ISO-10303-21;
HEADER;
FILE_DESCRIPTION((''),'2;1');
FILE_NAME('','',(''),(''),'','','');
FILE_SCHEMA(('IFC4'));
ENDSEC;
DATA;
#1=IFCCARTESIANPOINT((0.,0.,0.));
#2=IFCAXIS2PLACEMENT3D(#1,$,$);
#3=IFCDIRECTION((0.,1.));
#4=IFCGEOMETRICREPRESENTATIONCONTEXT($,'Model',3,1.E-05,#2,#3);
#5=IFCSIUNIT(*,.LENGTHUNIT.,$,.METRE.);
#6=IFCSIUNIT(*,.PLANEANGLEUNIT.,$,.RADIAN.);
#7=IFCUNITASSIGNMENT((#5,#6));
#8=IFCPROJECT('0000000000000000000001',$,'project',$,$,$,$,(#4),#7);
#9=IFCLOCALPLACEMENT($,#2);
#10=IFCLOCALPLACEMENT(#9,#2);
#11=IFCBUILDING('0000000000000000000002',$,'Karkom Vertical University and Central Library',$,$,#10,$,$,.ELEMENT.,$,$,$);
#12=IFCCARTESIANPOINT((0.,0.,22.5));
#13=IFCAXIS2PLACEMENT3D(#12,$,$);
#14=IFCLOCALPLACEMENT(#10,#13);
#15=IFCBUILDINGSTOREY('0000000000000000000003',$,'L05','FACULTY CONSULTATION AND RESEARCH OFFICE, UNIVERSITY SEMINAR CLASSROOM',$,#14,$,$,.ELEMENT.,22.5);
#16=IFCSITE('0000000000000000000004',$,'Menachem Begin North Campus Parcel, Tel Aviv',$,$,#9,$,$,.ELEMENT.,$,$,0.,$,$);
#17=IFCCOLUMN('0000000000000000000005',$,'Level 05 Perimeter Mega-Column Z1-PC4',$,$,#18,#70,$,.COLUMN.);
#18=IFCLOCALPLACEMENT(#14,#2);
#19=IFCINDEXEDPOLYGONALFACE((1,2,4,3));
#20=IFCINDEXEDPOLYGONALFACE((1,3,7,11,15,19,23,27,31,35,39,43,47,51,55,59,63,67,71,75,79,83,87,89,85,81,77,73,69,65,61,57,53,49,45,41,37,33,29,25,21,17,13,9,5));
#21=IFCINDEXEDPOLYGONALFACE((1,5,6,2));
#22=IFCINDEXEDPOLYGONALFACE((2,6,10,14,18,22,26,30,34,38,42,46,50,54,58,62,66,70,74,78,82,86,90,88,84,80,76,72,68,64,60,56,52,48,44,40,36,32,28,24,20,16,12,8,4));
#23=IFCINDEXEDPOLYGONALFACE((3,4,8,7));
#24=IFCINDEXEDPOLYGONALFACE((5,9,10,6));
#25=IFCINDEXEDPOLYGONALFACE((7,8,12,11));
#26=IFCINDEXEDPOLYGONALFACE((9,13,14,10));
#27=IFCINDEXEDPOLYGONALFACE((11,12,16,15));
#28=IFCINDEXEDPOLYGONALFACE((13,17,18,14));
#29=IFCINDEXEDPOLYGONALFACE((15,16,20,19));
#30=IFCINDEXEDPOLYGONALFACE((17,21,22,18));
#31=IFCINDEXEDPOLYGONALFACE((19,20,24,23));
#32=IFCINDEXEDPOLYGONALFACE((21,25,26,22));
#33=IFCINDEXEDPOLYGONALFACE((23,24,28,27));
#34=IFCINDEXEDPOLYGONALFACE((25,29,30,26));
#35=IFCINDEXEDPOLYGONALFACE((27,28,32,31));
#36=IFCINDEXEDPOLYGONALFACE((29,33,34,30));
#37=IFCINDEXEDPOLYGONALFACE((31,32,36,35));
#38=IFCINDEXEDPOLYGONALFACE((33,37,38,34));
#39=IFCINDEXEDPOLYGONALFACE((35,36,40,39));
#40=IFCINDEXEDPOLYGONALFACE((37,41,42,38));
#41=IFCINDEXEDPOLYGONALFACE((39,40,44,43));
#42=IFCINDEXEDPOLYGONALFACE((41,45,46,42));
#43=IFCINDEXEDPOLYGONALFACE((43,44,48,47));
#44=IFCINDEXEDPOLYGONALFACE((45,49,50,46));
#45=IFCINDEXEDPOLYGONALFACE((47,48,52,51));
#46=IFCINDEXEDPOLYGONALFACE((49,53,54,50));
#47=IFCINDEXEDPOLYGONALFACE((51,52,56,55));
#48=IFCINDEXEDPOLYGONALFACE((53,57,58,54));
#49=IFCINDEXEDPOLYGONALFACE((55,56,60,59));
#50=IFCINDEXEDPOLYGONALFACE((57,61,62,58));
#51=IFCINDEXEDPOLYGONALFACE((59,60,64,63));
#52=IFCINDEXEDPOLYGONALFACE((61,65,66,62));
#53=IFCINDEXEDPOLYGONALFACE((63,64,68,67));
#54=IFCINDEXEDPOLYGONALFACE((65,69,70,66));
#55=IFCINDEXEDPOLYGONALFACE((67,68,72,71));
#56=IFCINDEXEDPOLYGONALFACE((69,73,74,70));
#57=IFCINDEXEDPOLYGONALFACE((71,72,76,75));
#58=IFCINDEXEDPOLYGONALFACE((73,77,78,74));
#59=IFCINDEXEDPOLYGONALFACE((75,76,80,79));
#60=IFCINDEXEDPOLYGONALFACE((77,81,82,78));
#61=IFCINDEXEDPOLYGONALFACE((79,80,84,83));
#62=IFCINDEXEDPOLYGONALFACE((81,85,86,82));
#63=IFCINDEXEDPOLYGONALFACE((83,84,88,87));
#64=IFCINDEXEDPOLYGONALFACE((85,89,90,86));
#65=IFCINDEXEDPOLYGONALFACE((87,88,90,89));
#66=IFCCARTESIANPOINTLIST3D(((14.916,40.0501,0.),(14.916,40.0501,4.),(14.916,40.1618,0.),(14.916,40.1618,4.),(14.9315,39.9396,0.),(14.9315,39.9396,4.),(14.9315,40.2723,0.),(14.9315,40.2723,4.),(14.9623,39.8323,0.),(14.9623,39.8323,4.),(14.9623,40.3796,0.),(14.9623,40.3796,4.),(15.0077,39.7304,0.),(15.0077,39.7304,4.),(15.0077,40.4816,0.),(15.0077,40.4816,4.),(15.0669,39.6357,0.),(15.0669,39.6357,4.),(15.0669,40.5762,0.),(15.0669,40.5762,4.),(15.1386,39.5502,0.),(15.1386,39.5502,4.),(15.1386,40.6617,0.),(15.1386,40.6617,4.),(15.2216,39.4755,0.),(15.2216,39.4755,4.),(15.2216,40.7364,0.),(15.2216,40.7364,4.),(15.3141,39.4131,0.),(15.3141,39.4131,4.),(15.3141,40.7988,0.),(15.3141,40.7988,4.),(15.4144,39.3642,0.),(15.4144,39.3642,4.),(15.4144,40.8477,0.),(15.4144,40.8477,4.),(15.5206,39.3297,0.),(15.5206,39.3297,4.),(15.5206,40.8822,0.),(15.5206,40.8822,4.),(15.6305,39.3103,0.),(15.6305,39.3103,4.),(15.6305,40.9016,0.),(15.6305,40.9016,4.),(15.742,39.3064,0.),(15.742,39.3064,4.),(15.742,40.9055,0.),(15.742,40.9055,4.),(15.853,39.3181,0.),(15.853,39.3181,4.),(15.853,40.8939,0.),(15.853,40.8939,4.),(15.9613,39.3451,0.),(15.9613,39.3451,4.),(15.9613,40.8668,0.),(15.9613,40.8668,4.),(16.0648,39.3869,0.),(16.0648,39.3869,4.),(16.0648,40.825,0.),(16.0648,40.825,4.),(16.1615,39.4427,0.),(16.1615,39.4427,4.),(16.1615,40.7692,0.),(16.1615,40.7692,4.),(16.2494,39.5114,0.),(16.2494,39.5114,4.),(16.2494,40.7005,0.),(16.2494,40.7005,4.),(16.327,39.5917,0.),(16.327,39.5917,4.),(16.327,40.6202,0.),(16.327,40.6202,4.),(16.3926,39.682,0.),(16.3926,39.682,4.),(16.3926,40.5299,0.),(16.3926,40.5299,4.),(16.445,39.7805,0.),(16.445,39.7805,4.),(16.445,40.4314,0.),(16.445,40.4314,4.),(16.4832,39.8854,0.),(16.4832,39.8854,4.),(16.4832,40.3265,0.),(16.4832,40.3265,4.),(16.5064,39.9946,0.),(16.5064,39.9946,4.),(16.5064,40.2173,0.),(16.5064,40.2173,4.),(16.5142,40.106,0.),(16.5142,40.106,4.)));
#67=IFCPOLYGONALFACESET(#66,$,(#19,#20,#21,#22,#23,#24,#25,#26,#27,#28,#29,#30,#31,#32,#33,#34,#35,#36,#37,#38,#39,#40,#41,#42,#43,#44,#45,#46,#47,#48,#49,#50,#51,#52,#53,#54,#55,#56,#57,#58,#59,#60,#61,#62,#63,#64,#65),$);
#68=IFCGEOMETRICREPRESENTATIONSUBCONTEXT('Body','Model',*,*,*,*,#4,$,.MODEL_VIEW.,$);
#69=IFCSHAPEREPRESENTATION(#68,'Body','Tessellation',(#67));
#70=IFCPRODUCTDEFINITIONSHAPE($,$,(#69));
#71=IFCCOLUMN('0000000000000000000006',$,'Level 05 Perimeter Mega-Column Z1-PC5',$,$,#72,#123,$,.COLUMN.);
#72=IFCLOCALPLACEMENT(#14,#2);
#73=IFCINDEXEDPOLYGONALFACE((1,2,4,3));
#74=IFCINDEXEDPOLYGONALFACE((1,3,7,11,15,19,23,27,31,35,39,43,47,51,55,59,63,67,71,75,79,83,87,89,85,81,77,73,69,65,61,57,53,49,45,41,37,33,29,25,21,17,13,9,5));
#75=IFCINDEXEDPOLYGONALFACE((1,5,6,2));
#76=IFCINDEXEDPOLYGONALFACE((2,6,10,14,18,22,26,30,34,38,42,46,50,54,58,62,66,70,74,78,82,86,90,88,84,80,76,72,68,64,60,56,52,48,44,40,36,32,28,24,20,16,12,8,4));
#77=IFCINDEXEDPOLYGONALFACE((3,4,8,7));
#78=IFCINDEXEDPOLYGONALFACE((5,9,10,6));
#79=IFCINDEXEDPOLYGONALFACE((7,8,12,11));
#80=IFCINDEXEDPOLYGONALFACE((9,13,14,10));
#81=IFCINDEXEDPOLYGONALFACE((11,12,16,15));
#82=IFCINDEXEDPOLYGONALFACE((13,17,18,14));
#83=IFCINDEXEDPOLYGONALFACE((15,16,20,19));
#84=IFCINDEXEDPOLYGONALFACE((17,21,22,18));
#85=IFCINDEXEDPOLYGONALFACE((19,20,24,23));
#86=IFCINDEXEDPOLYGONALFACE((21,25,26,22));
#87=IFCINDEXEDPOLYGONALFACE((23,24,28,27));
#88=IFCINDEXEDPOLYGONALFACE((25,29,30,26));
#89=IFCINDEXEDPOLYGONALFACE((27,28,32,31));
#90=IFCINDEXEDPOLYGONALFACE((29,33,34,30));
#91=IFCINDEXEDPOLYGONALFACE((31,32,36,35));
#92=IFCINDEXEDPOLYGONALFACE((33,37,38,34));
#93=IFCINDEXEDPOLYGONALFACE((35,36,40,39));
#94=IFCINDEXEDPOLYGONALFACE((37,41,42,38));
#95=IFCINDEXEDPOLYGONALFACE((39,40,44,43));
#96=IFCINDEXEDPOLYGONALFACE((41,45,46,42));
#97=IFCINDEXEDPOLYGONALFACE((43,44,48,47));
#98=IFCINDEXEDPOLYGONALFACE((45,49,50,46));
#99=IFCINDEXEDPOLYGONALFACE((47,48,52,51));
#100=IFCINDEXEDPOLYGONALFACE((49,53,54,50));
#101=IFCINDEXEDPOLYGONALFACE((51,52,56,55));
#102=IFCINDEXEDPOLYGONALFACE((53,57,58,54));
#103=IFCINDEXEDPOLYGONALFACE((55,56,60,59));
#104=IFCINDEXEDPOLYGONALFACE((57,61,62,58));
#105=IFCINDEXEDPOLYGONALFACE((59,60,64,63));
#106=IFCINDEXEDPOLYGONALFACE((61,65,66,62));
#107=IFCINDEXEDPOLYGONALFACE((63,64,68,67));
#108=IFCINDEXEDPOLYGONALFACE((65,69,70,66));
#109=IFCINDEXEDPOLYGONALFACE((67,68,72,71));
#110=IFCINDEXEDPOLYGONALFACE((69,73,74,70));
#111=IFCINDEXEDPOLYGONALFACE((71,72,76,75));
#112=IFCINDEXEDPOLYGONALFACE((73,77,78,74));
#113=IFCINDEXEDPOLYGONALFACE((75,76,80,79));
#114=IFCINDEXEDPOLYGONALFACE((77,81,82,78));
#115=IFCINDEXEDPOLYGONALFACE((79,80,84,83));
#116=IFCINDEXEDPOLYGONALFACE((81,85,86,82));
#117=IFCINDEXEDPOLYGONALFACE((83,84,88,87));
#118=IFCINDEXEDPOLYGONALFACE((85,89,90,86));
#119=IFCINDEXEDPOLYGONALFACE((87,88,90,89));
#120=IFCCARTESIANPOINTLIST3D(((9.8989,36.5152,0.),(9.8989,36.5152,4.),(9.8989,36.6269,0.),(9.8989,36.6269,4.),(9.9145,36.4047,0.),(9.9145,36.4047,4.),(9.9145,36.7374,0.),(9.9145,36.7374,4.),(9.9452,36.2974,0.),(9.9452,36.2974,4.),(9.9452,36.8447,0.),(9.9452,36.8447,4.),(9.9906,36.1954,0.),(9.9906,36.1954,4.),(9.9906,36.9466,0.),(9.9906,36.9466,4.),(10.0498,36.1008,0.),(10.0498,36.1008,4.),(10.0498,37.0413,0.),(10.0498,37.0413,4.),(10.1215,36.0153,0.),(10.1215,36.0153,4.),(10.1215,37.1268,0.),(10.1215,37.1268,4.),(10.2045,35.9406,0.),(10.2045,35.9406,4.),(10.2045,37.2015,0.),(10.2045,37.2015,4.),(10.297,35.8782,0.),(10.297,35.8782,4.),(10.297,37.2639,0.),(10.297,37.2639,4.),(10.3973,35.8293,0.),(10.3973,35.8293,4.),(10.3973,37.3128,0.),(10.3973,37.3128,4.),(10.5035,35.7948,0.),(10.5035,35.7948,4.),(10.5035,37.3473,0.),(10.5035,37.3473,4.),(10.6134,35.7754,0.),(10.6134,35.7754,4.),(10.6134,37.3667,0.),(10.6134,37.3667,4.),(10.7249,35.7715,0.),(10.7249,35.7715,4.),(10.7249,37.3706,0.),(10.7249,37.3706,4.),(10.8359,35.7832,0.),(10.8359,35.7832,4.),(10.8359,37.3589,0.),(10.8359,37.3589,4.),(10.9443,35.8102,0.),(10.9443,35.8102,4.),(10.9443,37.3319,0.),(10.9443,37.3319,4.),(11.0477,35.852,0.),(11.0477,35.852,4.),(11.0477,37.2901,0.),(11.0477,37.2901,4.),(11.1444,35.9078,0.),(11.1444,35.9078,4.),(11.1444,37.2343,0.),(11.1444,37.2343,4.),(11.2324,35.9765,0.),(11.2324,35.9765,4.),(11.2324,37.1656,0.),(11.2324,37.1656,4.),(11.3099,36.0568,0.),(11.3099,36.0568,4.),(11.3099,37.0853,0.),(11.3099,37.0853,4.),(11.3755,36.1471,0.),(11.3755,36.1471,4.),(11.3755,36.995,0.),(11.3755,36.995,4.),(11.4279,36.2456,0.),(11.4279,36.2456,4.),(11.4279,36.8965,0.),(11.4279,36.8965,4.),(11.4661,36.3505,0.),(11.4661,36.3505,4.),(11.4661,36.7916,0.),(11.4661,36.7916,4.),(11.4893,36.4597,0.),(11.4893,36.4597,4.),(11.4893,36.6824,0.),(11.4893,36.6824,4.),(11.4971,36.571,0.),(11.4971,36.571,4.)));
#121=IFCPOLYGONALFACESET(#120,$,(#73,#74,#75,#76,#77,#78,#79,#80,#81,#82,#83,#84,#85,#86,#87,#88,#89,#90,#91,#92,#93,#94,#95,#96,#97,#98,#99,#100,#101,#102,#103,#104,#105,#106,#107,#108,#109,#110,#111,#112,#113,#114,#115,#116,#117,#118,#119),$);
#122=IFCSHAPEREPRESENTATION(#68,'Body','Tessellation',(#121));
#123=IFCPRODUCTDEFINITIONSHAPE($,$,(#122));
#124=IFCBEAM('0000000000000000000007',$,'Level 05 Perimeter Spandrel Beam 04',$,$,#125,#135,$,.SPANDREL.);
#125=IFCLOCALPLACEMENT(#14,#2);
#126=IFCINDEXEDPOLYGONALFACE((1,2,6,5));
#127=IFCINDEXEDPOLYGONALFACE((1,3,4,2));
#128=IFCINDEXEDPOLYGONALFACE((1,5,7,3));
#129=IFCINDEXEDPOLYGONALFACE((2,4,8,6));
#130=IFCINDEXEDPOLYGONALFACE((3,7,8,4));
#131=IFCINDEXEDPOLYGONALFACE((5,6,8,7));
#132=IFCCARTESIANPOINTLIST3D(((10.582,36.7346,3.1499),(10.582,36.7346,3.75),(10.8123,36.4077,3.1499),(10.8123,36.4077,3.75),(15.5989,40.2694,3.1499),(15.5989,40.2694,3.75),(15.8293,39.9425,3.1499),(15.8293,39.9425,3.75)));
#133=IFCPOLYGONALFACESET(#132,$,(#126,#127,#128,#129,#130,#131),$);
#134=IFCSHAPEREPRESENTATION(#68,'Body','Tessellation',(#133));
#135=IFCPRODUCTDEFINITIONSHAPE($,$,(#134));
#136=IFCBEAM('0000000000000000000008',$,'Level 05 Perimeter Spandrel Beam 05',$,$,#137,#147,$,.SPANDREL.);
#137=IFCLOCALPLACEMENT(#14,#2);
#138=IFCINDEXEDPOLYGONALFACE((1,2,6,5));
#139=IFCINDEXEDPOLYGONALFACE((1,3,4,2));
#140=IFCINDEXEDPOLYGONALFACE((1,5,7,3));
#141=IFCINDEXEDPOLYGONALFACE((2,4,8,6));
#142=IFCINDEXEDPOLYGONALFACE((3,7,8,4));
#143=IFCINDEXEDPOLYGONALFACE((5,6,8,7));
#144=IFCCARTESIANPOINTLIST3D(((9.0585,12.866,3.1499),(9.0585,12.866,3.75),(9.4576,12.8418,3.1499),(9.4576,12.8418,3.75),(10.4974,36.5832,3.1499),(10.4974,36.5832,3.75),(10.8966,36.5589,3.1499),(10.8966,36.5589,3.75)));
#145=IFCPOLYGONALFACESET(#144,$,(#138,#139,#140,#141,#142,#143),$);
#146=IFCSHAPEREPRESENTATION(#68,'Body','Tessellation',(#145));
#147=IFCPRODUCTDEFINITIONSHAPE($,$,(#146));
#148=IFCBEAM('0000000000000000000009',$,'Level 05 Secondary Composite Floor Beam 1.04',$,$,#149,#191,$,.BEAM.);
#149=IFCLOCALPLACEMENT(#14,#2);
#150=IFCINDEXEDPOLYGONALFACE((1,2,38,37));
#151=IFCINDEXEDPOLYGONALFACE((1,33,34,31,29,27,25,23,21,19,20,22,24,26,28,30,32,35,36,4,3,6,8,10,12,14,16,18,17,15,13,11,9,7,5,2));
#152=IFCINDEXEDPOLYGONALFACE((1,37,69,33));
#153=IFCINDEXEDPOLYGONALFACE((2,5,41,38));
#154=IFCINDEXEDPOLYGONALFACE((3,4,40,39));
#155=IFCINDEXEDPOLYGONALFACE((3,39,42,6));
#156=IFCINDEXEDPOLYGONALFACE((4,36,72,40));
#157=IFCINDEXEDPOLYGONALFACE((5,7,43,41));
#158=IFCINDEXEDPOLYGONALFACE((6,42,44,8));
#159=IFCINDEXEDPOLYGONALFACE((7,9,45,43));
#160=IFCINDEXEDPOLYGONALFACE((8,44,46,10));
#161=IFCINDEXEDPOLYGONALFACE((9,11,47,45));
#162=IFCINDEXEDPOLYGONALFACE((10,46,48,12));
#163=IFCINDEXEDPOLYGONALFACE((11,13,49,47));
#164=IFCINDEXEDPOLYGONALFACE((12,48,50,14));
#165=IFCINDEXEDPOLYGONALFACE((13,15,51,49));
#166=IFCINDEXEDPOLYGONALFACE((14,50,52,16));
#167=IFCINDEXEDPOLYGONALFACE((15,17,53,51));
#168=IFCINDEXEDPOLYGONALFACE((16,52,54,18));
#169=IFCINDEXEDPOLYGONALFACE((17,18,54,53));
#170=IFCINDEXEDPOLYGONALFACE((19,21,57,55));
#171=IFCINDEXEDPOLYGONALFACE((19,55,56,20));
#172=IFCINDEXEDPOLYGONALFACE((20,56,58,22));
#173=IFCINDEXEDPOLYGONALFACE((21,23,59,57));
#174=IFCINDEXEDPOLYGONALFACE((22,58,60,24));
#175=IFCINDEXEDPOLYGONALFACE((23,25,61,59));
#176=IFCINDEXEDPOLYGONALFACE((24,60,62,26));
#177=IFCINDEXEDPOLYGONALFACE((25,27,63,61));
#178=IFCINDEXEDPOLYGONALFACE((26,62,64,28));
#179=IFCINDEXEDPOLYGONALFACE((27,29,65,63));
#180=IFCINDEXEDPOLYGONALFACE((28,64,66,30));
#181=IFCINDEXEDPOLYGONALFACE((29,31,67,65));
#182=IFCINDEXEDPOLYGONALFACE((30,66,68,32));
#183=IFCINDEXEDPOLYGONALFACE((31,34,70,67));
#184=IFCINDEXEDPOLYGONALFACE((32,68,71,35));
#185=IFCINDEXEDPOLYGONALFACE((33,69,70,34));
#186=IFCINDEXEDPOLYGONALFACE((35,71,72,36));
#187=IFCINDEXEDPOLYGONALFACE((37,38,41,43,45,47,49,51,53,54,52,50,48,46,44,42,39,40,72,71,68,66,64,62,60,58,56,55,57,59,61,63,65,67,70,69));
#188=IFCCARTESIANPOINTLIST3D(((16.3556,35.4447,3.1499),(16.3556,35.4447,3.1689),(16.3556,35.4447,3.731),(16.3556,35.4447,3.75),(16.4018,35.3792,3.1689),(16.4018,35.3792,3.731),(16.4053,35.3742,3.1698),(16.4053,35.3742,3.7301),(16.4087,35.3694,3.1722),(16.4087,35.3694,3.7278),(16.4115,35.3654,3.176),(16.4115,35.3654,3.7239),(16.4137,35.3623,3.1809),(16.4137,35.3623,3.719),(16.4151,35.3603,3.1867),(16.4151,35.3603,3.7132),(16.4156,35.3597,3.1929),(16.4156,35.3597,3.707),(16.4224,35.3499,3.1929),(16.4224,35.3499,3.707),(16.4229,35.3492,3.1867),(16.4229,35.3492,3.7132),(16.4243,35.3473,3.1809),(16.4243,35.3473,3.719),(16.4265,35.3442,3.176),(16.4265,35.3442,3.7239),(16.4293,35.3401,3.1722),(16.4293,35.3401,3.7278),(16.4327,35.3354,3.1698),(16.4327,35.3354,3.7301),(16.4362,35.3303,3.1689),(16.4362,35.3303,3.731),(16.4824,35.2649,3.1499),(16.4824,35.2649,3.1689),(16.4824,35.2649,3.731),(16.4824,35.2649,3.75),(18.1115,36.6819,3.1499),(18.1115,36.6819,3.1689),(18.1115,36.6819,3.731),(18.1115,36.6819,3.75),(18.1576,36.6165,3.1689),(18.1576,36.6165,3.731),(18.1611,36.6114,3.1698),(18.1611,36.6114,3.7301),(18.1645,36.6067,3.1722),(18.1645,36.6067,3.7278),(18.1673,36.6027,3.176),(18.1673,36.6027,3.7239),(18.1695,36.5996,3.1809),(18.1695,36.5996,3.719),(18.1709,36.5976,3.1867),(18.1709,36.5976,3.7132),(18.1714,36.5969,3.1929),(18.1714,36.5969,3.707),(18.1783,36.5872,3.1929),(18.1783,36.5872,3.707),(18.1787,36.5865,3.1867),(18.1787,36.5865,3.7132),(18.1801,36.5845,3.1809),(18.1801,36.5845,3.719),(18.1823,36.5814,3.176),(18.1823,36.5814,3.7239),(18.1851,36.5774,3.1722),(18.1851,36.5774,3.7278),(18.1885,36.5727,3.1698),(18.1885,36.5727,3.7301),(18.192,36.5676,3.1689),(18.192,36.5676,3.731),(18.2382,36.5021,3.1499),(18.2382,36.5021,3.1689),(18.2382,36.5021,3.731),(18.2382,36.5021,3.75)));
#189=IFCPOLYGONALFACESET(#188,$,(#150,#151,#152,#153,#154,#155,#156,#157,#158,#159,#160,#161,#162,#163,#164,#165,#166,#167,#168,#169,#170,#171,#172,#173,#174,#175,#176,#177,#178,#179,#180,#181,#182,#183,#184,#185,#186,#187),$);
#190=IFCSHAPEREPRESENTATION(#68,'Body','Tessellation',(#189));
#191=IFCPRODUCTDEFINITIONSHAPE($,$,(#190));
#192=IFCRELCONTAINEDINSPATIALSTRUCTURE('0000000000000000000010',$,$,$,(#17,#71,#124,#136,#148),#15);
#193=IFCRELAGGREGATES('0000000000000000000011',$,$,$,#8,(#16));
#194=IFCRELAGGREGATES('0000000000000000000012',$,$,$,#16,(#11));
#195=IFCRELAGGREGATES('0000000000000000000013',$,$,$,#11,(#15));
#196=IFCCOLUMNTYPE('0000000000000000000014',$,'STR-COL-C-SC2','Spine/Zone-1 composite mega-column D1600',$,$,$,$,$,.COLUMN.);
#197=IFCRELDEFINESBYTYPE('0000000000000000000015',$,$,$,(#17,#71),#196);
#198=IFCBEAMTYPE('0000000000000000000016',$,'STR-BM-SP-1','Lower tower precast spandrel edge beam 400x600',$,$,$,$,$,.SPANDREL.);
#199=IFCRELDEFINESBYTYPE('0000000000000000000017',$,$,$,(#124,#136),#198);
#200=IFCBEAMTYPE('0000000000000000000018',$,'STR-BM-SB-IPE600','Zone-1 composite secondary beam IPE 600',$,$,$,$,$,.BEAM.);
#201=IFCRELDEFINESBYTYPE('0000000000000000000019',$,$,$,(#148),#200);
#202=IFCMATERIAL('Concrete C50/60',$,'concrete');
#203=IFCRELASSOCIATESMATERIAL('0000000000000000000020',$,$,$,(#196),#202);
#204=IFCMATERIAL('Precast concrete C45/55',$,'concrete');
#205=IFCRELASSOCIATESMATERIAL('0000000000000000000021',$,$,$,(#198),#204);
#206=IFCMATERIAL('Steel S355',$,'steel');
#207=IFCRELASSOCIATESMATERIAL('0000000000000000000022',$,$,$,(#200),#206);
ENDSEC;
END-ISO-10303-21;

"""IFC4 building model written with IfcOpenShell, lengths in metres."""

from ifc_helpers import new_model, si_unit, direction, frame, origin, origin_with_axes, origin_2d, place, context, subcontext, project, spatial, rectangle, circle, i_section, extrude, source, transform, mapped, material, material_profile, profile_set, type_object, element, save


model = new_model("IFC4")

# Units and contexts
model_context = context("Model", 3, precision=1e-05, world=origin(), true_north=direction((0.0, 1.0)))
body_context = subcontext(model_context, "Body", "Model", "MODEL_VIEW")
ifc_project = project(units=[si_unit("LENGTHUNIT", "METRE"), si_unit("PLANEANGLEUNIT", "RADIAN")], contexts=[model_context])

# Site, building, storey
site_placement = place(None, origin())
site = spatial("IfcSite", under=ifc_project, at=site_placement, Name="Menachem Begin North Campus Parcel, Tel Aviv", CompositionType="ELEMENT", RefElevation=0.0)
building_placement = place(site_placement, origin())
building = spatial("IfcBuilding", under=site, at=building_placement, Name="Karkom Vertical University and Central Library", CompositionType="ELEMENT")
storey_placement = place(building_placement, frame((0.0, 0.0, 22.5)))
storey = spatial("IfcBuildingStorey", under=building, at=storey_placement, Name="L05", Description="FACULTY CONSULTATION AND RESEARCH OFFICE, UNIVERSITY SEMINAR CLASSROOM", CompositionType="ELEMENT", Elevation=22.5)

# Columns
ifc_material_1 = material(Name="Concrete C50/60", Category="concrete")
ifc_material_profile_1 = material_profile(ifc_material_1, circle(Radius=0.8, at=origin_2d()), Name="CFT-D1600")
ifc_profile_set_1 = profile_set([ifc_material_profile_1], Name="Concrete C50/60")
column_type = type_object("IfcColumnType", Name="STR-COL-C-SC2", Description="Spine/Zone-1 composite mega-column D1600", PredefinedType="COLUMN", material=ifc_profile_set_1)
shared_shape_1 = source(origin_with_axes(), body_context, "Body", "SweptSolid", [
    extrude(circle(Radius=0.8, at=origin_2d()), origin(), (0.0, 0.0, 1.0), 4.0),
])
for number, where, z_axis, x_axis, name in (
    (1, (15.7141, 40.106, 0.0), (0.0, 0.0, 1.0), (1.0, 0.0, 0.0), "Level 05 Perimeter Mega-Column Z1-PC4"),
    (2, (10.697, 36.571, 0.0), (0.0, 0.0, 1.0), (1.0, 0.0, 0.0), "Level 05 Perimeter Mega-Column Z1-PC5"),
):
    element("IfcColumn", number, at=place(storey_placement, frame(where, z_axis=z_axis, x_axis=x_axis)), inside=storey, type_object=column_type, Name=name, PredefinedType="COLUMN", context=body_context, shape_type="MappedRepresentation", body=[
        mapped(shared_shape_1, transform((0.0, 0.0, 0.0), scale=1.0)),
    ])

# Beams
ifc_material_2 = material(Name="Precast concrete C45/55", Category="concrete")
ifc_material_profile_2 = material_profile(ifc_material_2, rectangle(XDim=0.3999, YDim=0.6001, at=origin_2d()), Name="SPB-400x600")
ifc_profile_set_2 = profile_set([ifc_material_profile_2], Name="Precast concrete C45/55")
beam_type_1 = type_object("IfcBeamType", Name="STR-BM-SP-1", Description="Lower tower precast spandrel edge beam 400x600", PredefinedType="SPANDREL", material=ifc_profile_set_2)
shared_shape_2 = source(origin_with_axes(), body_context, "Body", "SweptSolid", [
    extrude(rectangle(XDim=0.3999, YDim=0.6001, at=origin_2d()), origin(), (0.0, 0.0, 1.0), 6.1372),
])
beam_1_placement = place(storey_placement, frame((15.7141, 40.106, 3.45), z_axis=(-0.817471, -0.575969, 0.0), x_axis=(0.575969, -0.817471, 0.0)))
element("IfcBeam", 3, at=beam_1_placement, inside=storey, type_object=beam_type_1, Name="Level 05 Perimeter Spandrel Beam 04", PredefinedType="SPANDREL", context=body_context, shape_type="MappedRepresentation", body=[
    mapped(shared_shape_2, transform((0.0, 0.0, 0.0), scale=1.0)),
])
shared_shape_3 = source(origin_with_axes(), body_context, "Body", "SweptSolid", [
    extrude(rectangle(XDim=0.3999, YDim=0.6001, at=origin_2d()), origin(), (0.0, 0.0, 1.0), 23.7607),
])
beam_2_placement = place(storey_placement, frame((10.697, 36.571, 3.45), z_axis=(-0.060561, -0.998165, 0.0), x_axis=(0.998165, -0.060561, 0.0)))
element("IfcBeam", 4, at=beam_2_placement, inside=storey, type_object=beam_type_1, Name="Level 05 Perimeter Spandrel Beam 05", PredefinedType="SPANDREL", context=body_context, shape_type="MappedRepresentation", body=[
    mapped(shared_shape_3, transform((0.0, 0.0, 0.0), scale=1.0)),
])
ifc_material_3 = material(Name="Steel S355", Category="steel")
ifc_material_profile_3 = material_profile(ifc_material_3, i_section(OverallWidth=0.22, OverallDepth=0.6001, WebThickness=0.012, FlangeThickness=0.019, FilletRadius=0.0239, at=origin_2d()), Name="IPE 600")
ifc_profile_set_3 = profile_set([ifc_material_profile_3], Name="Steel S355")
beam_type_2 = type_object("IfcBeamType", Name="STR-BM-SB-IPE600", Description="Zone-1 composite secondary beam IPE 600", PredefinedType="BEAM", material=ifc_profile_set_3)
shared_shape_4 = source(origin_with_axes(), body_context, "Body", "SweptSolid", [
    extrude(i_section(OverallWidth=0.22, OverallDepth=0.6001, WebThickness=0.012, FlangeThickness=0.019, FilletRadius=0.0239, at=origin_2d()), origin(), (0.0, 0.0, 1.0), 2.1479),
])
beam_3_placement = place(storey_placement, frame((18.1748, 36.592, 3.45), z_axis=(-0.817434, -0.576023, 0.0), x_axis=(0.576023, -0.817434, 0.0)))
element("IfcBeam", 5, at=beam_3_placement, inside=storey, type_object=beam_type_2, Name="Level 05 Secondary Composite Floor Beam 1.04", PredefinedType="BEAM", context=body_context, shape_type="MappedRepresentation", body=[
    mapped(shared_shape_4, transform((0.0, 0.0, 0.0), scale=1.0)),
])

save(model, "model.ifc")
